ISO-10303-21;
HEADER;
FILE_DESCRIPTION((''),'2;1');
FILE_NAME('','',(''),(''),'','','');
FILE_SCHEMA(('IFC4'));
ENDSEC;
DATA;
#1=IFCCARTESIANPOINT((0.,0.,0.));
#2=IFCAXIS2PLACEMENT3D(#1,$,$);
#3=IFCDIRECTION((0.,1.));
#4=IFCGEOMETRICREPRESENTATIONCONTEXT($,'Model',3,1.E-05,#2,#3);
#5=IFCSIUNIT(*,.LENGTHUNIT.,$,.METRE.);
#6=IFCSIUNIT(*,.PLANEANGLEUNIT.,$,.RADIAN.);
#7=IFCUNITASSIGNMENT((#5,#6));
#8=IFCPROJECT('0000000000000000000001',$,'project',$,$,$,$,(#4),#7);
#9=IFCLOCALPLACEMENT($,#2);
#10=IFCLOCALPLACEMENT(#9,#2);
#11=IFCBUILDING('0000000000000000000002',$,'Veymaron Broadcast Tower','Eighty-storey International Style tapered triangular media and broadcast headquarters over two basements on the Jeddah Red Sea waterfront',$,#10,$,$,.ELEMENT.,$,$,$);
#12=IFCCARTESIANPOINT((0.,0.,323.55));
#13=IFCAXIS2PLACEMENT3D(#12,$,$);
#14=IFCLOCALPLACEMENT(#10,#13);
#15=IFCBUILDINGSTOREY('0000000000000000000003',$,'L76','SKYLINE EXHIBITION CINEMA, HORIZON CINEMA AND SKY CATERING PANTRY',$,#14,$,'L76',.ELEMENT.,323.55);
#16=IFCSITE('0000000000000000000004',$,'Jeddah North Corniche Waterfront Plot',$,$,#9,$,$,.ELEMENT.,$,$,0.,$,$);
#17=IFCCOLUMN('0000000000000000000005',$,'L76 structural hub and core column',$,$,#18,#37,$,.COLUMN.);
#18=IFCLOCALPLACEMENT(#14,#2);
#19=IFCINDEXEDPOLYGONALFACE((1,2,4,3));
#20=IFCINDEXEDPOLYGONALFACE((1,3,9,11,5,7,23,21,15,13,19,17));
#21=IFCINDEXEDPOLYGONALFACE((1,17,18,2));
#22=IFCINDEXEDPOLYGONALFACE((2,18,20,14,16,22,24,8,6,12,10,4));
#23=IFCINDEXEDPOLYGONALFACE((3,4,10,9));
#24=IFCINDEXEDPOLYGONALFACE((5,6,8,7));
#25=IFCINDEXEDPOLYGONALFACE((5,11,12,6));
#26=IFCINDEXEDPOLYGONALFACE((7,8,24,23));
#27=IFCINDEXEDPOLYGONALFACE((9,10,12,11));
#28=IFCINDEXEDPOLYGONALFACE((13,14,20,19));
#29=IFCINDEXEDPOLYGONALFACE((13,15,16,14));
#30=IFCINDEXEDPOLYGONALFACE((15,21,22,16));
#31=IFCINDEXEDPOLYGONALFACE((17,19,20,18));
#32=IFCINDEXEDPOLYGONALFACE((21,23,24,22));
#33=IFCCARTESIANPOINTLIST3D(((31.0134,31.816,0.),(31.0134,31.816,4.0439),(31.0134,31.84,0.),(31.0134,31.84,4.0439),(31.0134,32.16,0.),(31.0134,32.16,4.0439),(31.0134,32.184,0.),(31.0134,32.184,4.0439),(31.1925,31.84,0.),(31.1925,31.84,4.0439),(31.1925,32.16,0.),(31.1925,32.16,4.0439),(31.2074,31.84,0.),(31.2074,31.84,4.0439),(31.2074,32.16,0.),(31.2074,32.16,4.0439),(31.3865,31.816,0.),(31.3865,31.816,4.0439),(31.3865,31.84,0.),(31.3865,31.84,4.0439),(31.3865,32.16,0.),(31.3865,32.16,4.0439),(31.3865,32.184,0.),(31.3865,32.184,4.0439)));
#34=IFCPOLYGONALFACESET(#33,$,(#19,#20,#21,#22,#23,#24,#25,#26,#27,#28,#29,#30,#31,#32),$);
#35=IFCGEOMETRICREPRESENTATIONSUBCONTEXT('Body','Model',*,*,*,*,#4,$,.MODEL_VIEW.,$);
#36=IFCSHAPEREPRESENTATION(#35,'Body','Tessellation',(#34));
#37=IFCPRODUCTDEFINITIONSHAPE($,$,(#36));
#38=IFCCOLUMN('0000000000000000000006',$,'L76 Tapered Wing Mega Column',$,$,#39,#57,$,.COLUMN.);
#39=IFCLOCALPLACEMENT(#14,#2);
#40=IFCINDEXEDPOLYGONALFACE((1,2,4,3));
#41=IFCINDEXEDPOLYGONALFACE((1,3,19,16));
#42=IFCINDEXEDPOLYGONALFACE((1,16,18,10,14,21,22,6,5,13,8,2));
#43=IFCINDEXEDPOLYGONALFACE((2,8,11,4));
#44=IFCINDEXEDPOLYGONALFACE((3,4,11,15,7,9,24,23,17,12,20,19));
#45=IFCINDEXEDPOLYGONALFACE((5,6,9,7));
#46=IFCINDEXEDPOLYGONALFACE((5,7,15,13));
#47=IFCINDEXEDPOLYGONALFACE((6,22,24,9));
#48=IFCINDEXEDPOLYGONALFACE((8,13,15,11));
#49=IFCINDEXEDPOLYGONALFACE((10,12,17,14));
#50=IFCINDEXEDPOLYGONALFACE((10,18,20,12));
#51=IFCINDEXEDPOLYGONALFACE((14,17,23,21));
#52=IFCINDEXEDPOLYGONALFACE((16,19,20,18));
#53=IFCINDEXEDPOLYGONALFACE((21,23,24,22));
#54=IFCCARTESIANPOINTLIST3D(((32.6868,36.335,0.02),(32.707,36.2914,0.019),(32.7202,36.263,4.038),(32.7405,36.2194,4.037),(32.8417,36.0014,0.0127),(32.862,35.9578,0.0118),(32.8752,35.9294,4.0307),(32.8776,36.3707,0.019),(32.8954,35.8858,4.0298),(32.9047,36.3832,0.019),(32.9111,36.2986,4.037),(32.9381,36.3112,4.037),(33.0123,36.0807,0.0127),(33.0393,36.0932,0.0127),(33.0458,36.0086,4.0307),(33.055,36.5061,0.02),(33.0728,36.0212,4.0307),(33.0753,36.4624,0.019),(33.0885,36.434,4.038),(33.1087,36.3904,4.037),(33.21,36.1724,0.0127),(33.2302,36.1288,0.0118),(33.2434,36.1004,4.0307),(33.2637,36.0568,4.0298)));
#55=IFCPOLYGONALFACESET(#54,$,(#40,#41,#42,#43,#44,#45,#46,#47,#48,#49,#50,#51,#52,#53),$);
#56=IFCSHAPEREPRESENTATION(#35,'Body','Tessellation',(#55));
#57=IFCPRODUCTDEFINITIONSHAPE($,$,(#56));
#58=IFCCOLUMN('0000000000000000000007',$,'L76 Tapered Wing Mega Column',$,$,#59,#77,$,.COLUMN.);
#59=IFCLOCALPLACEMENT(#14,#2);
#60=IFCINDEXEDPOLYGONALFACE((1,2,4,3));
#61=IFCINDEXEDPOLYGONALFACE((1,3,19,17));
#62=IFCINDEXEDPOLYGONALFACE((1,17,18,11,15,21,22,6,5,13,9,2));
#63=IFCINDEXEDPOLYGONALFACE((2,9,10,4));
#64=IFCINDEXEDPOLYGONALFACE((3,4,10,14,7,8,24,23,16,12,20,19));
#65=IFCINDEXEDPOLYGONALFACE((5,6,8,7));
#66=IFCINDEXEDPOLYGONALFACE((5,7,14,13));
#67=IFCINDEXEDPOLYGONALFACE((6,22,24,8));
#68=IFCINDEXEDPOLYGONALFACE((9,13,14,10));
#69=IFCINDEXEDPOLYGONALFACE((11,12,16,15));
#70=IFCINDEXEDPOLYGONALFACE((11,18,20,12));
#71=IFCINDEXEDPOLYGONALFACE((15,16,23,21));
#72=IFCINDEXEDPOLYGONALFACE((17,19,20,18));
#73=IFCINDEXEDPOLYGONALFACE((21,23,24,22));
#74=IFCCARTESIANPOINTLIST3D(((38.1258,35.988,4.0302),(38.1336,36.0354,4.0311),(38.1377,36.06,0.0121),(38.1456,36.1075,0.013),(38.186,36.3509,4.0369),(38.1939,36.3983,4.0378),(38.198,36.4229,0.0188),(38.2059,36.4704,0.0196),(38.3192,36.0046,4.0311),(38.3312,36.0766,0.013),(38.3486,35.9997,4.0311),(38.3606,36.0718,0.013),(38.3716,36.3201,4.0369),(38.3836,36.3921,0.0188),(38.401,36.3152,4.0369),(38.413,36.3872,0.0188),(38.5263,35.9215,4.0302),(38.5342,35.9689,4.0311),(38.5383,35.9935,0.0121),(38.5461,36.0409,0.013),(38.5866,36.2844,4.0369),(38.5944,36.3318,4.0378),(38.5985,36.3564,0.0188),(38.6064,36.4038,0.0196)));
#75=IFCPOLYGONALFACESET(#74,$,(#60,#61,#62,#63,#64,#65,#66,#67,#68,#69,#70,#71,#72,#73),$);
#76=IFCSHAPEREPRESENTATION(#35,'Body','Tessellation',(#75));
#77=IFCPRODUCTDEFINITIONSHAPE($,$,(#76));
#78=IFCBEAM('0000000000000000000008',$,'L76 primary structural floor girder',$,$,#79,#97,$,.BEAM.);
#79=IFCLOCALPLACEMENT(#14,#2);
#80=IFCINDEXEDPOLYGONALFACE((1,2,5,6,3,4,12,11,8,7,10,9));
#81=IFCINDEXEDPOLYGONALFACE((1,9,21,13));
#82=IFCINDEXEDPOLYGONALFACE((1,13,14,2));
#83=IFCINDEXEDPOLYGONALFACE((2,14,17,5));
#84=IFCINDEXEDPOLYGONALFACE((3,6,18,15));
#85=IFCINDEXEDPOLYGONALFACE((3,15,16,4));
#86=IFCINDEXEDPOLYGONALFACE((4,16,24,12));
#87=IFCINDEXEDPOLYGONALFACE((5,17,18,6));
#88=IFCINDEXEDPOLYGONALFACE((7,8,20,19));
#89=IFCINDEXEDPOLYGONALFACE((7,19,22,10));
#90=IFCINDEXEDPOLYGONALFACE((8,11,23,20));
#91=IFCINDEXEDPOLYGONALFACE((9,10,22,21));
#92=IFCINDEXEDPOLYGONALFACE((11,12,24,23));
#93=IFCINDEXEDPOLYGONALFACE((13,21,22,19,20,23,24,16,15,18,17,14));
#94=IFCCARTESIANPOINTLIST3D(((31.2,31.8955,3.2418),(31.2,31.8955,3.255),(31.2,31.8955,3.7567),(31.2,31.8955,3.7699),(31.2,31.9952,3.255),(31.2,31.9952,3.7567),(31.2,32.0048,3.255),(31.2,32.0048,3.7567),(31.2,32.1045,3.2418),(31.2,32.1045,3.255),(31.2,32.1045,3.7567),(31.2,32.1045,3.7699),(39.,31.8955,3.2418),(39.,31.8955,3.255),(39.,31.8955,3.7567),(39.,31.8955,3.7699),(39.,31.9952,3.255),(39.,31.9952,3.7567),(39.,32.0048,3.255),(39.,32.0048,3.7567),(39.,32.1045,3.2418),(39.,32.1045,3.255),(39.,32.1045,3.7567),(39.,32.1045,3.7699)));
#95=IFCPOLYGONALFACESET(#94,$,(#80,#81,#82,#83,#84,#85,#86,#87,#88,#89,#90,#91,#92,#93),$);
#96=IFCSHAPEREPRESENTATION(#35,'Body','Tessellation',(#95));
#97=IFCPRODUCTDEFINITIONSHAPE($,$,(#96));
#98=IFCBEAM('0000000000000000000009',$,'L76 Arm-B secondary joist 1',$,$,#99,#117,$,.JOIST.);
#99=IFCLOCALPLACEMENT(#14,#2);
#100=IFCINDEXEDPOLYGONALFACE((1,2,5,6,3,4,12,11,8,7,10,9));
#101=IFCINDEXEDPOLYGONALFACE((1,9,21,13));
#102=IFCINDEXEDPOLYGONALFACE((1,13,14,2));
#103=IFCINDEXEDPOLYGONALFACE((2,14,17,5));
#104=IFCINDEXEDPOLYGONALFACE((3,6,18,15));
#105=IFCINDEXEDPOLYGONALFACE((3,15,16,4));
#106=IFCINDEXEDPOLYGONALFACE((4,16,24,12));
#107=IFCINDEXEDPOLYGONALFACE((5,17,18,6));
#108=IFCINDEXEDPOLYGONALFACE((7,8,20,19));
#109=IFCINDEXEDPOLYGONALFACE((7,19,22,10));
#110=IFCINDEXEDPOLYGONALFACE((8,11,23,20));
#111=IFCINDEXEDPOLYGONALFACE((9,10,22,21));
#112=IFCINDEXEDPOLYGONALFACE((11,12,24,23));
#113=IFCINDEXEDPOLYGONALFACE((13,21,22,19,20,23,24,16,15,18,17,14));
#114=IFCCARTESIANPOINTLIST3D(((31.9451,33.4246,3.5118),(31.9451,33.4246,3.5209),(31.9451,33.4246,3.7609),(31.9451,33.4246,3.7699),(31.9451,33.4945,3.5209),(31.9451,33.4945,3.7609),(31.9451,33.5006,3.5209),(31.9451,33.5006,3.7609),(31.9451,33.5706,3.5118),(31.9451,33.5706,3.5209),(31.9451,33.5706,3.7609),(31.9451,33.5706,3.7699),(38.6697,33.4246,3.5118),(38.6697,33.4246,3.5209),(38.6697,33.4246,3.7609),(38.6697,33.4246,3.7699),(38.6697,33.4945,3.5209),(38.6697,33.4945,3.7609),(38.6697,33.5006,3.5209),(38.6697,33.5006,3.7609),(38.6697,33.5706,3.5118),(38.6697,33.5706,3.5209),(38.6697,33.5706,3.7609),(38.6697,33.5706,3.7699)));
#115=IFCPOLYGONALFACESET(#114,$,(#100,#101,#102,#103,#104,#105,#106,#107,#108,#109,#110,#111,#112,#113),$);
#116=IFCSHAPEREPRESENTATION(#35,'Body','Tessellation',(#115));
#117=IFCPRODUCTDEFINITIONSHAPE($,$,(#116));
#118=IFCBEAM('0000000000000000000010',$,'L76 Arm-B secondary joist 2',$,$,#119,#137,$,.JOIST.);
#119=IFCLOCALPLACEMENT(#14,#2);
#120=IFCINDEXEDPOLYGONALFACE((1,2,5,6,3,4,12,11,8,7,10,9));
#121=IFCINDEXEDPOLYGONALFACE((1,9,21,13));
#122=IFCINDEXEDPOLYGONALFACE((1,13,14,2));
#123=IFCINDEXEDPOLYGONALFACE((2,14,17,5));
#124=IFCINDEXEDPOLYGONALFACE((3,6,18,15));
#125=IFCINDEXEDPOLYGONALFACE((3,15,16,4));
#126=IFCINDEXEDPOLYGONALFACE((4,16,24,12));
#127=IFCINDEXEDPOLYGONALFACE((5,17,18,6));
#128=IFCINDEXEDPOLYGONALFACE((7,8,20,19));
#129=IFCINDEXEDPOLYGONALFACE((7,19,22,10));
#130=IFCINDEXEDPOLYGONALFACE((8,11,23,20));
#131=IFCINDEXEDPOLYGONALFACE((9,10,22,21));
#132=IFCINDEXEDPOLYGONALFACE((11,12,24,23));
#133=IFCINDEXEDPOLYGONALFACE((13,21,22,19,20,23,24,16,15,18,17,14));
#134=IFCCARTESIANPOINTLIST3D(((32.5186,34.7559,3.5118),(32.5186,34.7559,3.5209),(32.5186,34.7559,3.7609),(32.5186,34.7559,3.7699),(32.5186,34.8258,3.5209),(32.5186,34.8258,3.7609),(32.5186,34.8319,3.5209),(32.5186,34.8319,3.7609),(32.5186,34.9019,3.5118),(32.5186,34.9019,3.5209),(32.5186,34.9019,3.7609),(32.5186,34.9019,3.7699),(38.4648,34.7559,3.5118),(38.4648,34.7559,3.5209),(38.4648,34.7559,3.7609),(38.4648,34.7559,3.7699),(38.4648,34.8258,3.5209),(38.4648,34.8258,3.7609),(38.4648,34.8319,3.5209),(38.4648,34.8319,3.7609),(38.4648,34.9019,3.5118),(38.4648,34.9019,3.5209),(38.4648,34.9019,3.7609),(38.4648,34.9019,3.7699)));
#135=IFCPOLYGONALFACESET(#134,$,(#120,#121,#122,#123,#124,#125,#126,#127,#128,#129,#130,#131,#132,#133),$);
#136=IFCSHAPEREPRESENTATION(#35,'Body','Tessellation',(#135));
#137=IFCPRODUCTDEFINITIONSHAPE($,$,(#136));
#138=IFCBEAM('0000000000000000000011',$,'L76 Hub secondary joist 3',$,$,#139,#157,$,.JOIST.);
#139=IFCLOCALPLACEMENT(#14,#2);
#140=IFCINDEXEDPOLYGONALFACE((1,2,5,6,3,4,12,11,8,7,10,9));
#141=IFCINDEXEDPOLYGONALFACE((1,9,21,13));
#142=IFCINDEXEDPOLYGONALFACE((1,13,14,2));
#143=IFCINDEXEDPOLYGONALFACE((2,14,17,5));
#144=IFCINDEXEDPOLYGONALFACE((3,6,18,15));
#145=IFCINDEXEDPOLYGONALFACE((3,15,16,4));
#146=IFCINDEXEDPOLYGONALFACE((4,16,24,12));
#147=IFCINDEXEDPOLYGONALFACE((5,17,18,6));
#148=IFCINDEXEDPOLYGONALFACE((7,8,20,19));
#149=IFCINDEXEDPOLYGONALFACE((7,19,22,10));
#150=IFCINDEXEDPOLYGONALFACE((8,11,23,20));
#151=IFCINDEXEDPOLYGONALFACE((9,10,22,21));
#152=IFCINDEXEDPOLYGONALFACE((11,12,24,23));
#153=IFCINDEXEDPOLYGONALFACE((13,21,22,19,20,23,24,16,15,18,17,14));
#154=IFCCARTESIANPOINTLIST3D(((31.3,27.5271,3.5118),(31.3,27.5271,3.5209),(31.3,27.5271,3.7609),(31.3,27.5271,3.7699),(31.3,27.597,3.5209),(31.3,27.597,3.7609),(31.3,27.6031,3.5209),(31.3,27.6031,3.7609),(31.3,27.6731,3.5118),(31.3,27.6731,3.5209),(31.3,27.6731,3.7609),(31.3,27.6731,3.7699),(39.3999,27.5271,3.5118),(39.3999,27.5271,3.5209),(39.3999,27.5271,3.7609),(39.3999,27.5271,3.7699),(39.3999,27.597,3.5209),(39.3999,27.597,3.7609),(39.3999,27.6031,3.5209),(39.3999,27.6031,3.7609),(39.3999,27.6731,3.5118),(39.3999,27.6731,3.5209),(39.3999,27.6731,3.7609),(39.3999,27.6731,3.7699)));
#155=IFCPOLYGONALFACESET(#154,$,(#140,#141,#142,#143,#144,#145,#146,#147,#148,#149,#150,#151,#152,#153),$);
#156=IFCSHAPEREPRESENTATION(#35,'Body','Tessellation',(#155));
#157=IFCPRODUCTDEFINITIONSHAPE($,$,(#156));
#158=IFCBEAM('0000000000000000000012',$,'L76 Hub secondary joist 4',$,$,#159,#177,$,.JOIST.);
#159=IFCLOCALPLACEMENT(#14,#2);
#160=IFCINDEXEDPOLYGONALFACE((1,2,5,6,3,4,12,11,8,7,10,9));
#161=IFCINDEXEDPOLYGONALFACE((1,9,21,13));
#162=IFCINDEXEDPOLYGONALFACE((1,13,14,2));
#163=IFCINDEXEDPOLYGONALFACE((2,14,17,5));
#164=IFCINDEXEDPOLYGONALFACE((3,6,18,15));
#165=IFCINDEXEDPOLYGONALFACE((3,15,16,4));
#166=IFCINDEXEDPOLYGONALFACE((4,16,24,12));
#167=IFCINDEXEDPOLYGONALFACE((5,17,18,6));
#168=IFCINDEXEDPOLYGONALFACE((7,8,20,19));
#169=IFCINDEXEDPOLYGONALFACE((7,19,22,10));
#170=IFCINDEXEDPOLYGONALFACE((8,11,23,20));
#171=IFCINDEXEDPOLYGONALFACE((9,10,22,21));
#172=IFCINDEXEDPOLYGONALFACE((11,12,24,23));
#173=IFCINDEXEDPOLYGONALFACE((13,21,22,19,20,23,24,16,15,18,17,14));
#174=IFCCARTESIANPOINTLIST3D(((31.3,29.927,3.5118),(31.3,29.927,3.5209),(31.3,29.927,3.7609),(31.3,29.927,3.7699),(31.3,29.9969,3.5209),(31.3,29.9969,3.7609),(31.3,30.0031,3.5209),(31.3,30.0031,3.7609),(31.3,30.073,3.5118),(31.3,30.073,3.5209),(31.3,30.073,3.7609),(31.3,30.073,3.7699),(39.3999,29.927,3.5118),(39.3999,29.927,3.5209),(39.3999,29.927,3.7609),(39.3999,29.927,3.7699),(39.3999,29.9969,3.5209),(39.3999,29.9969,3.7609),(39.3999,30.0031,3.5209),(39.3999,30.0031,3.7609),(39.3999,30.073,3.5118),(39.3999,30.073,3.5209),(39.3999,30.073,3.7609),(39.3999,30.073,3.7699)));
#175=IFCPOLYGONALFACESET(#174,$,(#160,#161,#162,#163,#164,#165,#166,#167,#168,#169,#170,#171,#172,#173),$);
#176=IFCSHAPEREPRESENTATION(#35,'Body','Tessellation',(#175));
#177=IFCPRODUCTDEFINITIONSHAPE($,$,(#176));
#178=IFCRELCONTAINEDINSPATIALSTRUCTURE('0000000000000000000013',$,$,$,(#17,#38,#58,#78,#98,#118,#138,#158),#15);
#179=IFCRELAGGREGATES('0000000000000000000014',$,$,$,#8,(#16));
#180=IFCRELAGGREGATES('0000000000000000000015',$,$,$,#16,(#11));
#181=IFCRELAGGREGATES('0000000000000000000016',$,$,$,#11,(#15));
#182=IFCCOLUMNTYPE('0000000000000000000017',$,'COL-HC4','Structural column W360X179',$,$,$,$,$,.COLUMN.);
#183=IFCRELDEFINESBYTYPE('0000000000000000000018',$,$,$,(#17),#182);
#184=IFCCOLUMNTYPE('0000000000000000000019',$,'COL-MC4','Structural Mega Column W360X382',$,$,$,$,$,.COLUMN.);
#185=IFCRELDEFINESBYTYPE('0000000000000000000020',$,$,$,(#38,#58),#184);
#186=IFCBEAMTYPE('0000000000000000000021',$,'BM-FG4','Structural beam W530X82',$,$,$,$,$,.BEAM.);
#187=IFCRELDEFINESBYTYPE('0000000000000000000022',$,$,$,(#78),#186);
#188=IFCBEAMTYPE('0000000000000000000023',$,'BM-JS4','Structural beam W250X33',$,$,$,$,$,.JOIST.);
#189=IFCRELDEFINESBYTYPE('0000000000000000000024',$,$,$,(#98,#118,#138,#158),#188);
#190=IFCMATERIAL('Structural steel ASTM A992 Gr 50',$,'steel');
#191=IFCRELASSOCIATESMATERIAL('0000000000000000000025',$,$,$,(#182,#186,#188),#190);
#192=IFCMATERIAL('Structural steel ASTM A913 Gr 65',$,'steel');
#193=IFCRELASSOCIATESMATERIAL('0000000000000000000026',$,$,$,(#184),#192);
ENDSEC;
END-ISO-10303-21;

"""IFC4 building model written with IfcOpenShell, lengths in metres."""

from ifc_helpers import new_model, si_unit, direction, frame, origin, origin_2d, place, context, subcontext, project, spatial, i_section, extrude, material, material_profile, profile_set, type_object, element, save


model = new_model("IFC4")

# Units and contexts
model_context = context("Model", 3, precision=1e-05, world=origin(), true_north=direction((0.0, 1.0)))
body_context = subcontext(model_context, "Body", "Model", "MODEL_VIEW")
ifc_project = project(units=[si_unit("LENGTHUNIT", "METRE"), si_unit("PLANEANGLEUNIT", "RADIAN")], contexts=[model_context])

# Site, building, storey
site_placement = place(None, origin())
site = spatial("IfcSite", under=ifc_project, at=site_placement, Name="Jeddah North Corniche Waterfront Plot", CompositionType="ELEMENT", RefElevation=0.0)
building_placement = place(site_placement, origin())
building = spatial("IfcBuilding", under=site, at=building_placement, Name="Veymaron Broadcast Tower", Description="Eighty-storey International Style tapered triangular media and broadcast headquarters over two basements on the Jeddah Red Sea waterfront", CompositionType="ELEMENT")
storey_placement = place(building_placement, frame((0.0, 0.0, 323.55)))
storey = spatial("IfcBuildingStorey", under=building, at=storey_placement, Name="L76", Description="SKYLINE EXHIBITION CINEMA, HORIZON CINEMA AND SKY CATERING PANTRY", LongName="L76", CompositionType="ELEMENT", Elevation=323.55)

# Columns
ifc_material_1 = material(Name="Structural steel ASTM A992 Gr 50", Category="steel")
ifc_material_profile_1 = material_profile(ifc_material_1, i_section(OverallWidth=0.373, OverallDepth=0.3679, WebThickness=0.0149, FlangeThickness=0.0239, at=origin_2d()), Name="W360X179")
ifc_profile_set_1 = profile_set([ifc_material_profile_1], Name="Structural steel ASTM A992 Gr 50")
column_type_1 = type_object("IfcColumnType", Name="COL-HC4", Description="Structural column W360X179", PredefinedType="COLUMN", material=ifc_profile_set_1)
column_placement = place(storey_placement, frame((31.2, 32.0, 0.0), z_axis=(0.0, 0.0, 1.0), x_axis=(1.0, 0.0, 0.0)))
element("IfcColumn", 1, at=column_placement, inside=storey, type_object=column_type_1, Name="L76 structural hub and core column", PredefinedType="COLUMN", context=body_context, shape_type="SweptSolid", body=[
    extrude(i_section(OverallWidth=0.373, OverallDepth=0.3679, WebThickness=0.0149, FlangeThickness=0.0239, at=origin_2d()), origin(), (0.0, 0.0, 1.0), 4.0439),
])
ifc_material_2 = material(Name="Structural steel ASTM A913 Gr 65", Category="steel")
ifc_material_profile_2 = material_profile(ifc_material_2, i_section(OverallWidth=0.406, OverallDepth=0.416, WebThickness=0.0298, FlangeThickness=0.0481, at=origin_2d()), Name="W360X382")
ifc_profile_set_2 = profile_set([ifc_material_profile_2], Name="Structural steel ASTM A913 Gr 65")
column_type_2 = type_object("IfcColumnType", Name="COL-MC4", Description="Structural Mega Column W360X382", PredefinedType="COLUMN", material=ifc_profile_set_2)
for number, where, z_axis, x_axis, name in (
    (2, (32.9585, 36.2319, 0.0159), (0.008323, -0.017921, 0.999805), (0.906967, 0.421202, 0.0), "L76 Tapered Wing Mega Column"),
    (3, (38.3721, 36.2319, 0.0159), (-0.002977, -0.017921, 0.999835), (0.986484, -0.163857, 0.0), "L76 Tapered Wing Mega Column"),
):
    element("IfcColumn", number, at=place(storey_placement, frame(where, z_axis=z_axis, x_axis=x_axis)), inside=storey, type_object=column_type_2, Name=name, PredefinedType="COLUMN", context=body_context, shape_type="SweptSolid", body=[
        extrude(i_section(OverallWidth=0.406, OverallDepth=0.416, WebThickness=0.0298, FlangeThickness=0.0481, at=origin_2d()), origin(), (0.0, 0.0, 1.0), 4.0188),
    ])

# Beams
ifc_material_profile_3 = material_profile(ifc_material_1, i_section(OverallWidth=0.209, OverallDepth=0.5281, WebThickness=0.0095, FlangeThickness=0.0132, at=origin_2d()), Name="W530X82")
ifc_profile_set_3 = profile_set([ifc_material_profile_3], Name="Structural steel ASTM A992 Gr 50")
beam_type_1 = type_object("IfcBeamType", Name="BM-FG4", Description="Structural beam W530X82", PredefinedType="BEAM", material=ifc_profile_set_3)
beam_1_placement = place(storey_placement, frame((31.2, 32.0, 3.5059), z_axis=(1.0, 0.0, 0.0), x_axis=(0.0, 1.0, 0.0)))
element("IfcBeam", 4, at=beam_1_placement, inside=storey, type_object=beam_type_1, Name="L76 primary structural floor girder", PredefinedType="BEAM", context=body_context, shape_type="SweptSolid", body=[
    extrude(i_section(OverallWidth=0.209, OverallDepth=0.5281, WebThickness=0.0095, FlangeThickness=0.0132, at=origin_2d()), origin(), (0.0, 0.0, 1.0), 7.8),
])
ifc_material_profile_4 = material_profile(ifc_material_1, i_section(OverallWidth=0.146, OverallDepth=0.2581, WebThickness=0.0061, FlangeThickness=0.009, at=origin_2d()), Name="W250X33")
ifc_profile_set_4 = profile_set([ifc_material_profile_4], Name="Structural steel ASTM A992 Gr 50")
beam_type_2 = type_object("IfcBeamType", Name="BM-JS4", Description="Structural beam W250X33", PredefinedType="JOIST", material=ifc_profile_set_4)
beam_2_placement = place(storey_placement, frame((31.9451, 33.4976, 3.6409), z_axis=(1.0, 0.0, 0.0), x_axis=(0.0, 1.0, 0.0)))
element("IfcBeam", 5, at=beam_2_placement, inside=storey, type_object=beam_type_2, Name="L76 Arm-B secondary joist 1", PredefinedType="JOIST", context=body_context, shape_type="SweptSolid", body=[
    extrude(i_section(OverallWidth=0.146, OverallDepth=0.2581, WebThickness=0.0061, FlangeThickness=0.009, at=origin_2d()), origin(), (0.0, 0.0, 1.0), 6.7246),
])
beam_3_placement = place(storey_placement, frame((32.5186, 34.8289, 3.6409), z_axis=(1.0, 0.0, 0.0), x_axis=(0.0, 1.0, 0.0)))
element("IfcBeam", 6, at=beam_3_placement, inside=storey, type_object=beam_type_2, Name="L76 Arm-B secondary joist 2", PredefinedType="JOIST", context=body_context, shape_type="SweptSolid", body=[
    extrude(i_section(OverallWidth=0.146, OverallDepth=0.2581, WebThickness=0.0061, FlangeThickness=0.009, at=origin_2d()), origin(), (0.0, 0.0, 1.0), 5.9463),
])
for number, where, z_axis, x_axis, name in (
    (7, (31.3, 27.6001, 3.6409), (1.0, 0.0, 0.0), (0.0, 1.0, 0.0), "L76 Hub secondary joist 3"),
    (8, (31.3, 30.0, 3.6409), (1.0, 0.0, 0.0), (0.0, 1.0, 0.0), "L76 Hub secondary joist 4"),
):
    element("IfcBeam", number, at=place(storey_placement, frame(where, z_axis=z_axis, x_axis=x_axis)), inside=storey, type_object=beam_type_2, Name=name, PredefinedType="JOIST", context=body_context, shape_type="SweptSolid", body=[
        extrude(i_section(OverallWidth=0.146, OverallDepth=0.2581, WebThickness=0.0061, FlangeThickness=0.009, at=origin_2d()), origin(), (0.0, 0.0, 1.0), 8.0999),
    ])

save(model, "model.ifc")
